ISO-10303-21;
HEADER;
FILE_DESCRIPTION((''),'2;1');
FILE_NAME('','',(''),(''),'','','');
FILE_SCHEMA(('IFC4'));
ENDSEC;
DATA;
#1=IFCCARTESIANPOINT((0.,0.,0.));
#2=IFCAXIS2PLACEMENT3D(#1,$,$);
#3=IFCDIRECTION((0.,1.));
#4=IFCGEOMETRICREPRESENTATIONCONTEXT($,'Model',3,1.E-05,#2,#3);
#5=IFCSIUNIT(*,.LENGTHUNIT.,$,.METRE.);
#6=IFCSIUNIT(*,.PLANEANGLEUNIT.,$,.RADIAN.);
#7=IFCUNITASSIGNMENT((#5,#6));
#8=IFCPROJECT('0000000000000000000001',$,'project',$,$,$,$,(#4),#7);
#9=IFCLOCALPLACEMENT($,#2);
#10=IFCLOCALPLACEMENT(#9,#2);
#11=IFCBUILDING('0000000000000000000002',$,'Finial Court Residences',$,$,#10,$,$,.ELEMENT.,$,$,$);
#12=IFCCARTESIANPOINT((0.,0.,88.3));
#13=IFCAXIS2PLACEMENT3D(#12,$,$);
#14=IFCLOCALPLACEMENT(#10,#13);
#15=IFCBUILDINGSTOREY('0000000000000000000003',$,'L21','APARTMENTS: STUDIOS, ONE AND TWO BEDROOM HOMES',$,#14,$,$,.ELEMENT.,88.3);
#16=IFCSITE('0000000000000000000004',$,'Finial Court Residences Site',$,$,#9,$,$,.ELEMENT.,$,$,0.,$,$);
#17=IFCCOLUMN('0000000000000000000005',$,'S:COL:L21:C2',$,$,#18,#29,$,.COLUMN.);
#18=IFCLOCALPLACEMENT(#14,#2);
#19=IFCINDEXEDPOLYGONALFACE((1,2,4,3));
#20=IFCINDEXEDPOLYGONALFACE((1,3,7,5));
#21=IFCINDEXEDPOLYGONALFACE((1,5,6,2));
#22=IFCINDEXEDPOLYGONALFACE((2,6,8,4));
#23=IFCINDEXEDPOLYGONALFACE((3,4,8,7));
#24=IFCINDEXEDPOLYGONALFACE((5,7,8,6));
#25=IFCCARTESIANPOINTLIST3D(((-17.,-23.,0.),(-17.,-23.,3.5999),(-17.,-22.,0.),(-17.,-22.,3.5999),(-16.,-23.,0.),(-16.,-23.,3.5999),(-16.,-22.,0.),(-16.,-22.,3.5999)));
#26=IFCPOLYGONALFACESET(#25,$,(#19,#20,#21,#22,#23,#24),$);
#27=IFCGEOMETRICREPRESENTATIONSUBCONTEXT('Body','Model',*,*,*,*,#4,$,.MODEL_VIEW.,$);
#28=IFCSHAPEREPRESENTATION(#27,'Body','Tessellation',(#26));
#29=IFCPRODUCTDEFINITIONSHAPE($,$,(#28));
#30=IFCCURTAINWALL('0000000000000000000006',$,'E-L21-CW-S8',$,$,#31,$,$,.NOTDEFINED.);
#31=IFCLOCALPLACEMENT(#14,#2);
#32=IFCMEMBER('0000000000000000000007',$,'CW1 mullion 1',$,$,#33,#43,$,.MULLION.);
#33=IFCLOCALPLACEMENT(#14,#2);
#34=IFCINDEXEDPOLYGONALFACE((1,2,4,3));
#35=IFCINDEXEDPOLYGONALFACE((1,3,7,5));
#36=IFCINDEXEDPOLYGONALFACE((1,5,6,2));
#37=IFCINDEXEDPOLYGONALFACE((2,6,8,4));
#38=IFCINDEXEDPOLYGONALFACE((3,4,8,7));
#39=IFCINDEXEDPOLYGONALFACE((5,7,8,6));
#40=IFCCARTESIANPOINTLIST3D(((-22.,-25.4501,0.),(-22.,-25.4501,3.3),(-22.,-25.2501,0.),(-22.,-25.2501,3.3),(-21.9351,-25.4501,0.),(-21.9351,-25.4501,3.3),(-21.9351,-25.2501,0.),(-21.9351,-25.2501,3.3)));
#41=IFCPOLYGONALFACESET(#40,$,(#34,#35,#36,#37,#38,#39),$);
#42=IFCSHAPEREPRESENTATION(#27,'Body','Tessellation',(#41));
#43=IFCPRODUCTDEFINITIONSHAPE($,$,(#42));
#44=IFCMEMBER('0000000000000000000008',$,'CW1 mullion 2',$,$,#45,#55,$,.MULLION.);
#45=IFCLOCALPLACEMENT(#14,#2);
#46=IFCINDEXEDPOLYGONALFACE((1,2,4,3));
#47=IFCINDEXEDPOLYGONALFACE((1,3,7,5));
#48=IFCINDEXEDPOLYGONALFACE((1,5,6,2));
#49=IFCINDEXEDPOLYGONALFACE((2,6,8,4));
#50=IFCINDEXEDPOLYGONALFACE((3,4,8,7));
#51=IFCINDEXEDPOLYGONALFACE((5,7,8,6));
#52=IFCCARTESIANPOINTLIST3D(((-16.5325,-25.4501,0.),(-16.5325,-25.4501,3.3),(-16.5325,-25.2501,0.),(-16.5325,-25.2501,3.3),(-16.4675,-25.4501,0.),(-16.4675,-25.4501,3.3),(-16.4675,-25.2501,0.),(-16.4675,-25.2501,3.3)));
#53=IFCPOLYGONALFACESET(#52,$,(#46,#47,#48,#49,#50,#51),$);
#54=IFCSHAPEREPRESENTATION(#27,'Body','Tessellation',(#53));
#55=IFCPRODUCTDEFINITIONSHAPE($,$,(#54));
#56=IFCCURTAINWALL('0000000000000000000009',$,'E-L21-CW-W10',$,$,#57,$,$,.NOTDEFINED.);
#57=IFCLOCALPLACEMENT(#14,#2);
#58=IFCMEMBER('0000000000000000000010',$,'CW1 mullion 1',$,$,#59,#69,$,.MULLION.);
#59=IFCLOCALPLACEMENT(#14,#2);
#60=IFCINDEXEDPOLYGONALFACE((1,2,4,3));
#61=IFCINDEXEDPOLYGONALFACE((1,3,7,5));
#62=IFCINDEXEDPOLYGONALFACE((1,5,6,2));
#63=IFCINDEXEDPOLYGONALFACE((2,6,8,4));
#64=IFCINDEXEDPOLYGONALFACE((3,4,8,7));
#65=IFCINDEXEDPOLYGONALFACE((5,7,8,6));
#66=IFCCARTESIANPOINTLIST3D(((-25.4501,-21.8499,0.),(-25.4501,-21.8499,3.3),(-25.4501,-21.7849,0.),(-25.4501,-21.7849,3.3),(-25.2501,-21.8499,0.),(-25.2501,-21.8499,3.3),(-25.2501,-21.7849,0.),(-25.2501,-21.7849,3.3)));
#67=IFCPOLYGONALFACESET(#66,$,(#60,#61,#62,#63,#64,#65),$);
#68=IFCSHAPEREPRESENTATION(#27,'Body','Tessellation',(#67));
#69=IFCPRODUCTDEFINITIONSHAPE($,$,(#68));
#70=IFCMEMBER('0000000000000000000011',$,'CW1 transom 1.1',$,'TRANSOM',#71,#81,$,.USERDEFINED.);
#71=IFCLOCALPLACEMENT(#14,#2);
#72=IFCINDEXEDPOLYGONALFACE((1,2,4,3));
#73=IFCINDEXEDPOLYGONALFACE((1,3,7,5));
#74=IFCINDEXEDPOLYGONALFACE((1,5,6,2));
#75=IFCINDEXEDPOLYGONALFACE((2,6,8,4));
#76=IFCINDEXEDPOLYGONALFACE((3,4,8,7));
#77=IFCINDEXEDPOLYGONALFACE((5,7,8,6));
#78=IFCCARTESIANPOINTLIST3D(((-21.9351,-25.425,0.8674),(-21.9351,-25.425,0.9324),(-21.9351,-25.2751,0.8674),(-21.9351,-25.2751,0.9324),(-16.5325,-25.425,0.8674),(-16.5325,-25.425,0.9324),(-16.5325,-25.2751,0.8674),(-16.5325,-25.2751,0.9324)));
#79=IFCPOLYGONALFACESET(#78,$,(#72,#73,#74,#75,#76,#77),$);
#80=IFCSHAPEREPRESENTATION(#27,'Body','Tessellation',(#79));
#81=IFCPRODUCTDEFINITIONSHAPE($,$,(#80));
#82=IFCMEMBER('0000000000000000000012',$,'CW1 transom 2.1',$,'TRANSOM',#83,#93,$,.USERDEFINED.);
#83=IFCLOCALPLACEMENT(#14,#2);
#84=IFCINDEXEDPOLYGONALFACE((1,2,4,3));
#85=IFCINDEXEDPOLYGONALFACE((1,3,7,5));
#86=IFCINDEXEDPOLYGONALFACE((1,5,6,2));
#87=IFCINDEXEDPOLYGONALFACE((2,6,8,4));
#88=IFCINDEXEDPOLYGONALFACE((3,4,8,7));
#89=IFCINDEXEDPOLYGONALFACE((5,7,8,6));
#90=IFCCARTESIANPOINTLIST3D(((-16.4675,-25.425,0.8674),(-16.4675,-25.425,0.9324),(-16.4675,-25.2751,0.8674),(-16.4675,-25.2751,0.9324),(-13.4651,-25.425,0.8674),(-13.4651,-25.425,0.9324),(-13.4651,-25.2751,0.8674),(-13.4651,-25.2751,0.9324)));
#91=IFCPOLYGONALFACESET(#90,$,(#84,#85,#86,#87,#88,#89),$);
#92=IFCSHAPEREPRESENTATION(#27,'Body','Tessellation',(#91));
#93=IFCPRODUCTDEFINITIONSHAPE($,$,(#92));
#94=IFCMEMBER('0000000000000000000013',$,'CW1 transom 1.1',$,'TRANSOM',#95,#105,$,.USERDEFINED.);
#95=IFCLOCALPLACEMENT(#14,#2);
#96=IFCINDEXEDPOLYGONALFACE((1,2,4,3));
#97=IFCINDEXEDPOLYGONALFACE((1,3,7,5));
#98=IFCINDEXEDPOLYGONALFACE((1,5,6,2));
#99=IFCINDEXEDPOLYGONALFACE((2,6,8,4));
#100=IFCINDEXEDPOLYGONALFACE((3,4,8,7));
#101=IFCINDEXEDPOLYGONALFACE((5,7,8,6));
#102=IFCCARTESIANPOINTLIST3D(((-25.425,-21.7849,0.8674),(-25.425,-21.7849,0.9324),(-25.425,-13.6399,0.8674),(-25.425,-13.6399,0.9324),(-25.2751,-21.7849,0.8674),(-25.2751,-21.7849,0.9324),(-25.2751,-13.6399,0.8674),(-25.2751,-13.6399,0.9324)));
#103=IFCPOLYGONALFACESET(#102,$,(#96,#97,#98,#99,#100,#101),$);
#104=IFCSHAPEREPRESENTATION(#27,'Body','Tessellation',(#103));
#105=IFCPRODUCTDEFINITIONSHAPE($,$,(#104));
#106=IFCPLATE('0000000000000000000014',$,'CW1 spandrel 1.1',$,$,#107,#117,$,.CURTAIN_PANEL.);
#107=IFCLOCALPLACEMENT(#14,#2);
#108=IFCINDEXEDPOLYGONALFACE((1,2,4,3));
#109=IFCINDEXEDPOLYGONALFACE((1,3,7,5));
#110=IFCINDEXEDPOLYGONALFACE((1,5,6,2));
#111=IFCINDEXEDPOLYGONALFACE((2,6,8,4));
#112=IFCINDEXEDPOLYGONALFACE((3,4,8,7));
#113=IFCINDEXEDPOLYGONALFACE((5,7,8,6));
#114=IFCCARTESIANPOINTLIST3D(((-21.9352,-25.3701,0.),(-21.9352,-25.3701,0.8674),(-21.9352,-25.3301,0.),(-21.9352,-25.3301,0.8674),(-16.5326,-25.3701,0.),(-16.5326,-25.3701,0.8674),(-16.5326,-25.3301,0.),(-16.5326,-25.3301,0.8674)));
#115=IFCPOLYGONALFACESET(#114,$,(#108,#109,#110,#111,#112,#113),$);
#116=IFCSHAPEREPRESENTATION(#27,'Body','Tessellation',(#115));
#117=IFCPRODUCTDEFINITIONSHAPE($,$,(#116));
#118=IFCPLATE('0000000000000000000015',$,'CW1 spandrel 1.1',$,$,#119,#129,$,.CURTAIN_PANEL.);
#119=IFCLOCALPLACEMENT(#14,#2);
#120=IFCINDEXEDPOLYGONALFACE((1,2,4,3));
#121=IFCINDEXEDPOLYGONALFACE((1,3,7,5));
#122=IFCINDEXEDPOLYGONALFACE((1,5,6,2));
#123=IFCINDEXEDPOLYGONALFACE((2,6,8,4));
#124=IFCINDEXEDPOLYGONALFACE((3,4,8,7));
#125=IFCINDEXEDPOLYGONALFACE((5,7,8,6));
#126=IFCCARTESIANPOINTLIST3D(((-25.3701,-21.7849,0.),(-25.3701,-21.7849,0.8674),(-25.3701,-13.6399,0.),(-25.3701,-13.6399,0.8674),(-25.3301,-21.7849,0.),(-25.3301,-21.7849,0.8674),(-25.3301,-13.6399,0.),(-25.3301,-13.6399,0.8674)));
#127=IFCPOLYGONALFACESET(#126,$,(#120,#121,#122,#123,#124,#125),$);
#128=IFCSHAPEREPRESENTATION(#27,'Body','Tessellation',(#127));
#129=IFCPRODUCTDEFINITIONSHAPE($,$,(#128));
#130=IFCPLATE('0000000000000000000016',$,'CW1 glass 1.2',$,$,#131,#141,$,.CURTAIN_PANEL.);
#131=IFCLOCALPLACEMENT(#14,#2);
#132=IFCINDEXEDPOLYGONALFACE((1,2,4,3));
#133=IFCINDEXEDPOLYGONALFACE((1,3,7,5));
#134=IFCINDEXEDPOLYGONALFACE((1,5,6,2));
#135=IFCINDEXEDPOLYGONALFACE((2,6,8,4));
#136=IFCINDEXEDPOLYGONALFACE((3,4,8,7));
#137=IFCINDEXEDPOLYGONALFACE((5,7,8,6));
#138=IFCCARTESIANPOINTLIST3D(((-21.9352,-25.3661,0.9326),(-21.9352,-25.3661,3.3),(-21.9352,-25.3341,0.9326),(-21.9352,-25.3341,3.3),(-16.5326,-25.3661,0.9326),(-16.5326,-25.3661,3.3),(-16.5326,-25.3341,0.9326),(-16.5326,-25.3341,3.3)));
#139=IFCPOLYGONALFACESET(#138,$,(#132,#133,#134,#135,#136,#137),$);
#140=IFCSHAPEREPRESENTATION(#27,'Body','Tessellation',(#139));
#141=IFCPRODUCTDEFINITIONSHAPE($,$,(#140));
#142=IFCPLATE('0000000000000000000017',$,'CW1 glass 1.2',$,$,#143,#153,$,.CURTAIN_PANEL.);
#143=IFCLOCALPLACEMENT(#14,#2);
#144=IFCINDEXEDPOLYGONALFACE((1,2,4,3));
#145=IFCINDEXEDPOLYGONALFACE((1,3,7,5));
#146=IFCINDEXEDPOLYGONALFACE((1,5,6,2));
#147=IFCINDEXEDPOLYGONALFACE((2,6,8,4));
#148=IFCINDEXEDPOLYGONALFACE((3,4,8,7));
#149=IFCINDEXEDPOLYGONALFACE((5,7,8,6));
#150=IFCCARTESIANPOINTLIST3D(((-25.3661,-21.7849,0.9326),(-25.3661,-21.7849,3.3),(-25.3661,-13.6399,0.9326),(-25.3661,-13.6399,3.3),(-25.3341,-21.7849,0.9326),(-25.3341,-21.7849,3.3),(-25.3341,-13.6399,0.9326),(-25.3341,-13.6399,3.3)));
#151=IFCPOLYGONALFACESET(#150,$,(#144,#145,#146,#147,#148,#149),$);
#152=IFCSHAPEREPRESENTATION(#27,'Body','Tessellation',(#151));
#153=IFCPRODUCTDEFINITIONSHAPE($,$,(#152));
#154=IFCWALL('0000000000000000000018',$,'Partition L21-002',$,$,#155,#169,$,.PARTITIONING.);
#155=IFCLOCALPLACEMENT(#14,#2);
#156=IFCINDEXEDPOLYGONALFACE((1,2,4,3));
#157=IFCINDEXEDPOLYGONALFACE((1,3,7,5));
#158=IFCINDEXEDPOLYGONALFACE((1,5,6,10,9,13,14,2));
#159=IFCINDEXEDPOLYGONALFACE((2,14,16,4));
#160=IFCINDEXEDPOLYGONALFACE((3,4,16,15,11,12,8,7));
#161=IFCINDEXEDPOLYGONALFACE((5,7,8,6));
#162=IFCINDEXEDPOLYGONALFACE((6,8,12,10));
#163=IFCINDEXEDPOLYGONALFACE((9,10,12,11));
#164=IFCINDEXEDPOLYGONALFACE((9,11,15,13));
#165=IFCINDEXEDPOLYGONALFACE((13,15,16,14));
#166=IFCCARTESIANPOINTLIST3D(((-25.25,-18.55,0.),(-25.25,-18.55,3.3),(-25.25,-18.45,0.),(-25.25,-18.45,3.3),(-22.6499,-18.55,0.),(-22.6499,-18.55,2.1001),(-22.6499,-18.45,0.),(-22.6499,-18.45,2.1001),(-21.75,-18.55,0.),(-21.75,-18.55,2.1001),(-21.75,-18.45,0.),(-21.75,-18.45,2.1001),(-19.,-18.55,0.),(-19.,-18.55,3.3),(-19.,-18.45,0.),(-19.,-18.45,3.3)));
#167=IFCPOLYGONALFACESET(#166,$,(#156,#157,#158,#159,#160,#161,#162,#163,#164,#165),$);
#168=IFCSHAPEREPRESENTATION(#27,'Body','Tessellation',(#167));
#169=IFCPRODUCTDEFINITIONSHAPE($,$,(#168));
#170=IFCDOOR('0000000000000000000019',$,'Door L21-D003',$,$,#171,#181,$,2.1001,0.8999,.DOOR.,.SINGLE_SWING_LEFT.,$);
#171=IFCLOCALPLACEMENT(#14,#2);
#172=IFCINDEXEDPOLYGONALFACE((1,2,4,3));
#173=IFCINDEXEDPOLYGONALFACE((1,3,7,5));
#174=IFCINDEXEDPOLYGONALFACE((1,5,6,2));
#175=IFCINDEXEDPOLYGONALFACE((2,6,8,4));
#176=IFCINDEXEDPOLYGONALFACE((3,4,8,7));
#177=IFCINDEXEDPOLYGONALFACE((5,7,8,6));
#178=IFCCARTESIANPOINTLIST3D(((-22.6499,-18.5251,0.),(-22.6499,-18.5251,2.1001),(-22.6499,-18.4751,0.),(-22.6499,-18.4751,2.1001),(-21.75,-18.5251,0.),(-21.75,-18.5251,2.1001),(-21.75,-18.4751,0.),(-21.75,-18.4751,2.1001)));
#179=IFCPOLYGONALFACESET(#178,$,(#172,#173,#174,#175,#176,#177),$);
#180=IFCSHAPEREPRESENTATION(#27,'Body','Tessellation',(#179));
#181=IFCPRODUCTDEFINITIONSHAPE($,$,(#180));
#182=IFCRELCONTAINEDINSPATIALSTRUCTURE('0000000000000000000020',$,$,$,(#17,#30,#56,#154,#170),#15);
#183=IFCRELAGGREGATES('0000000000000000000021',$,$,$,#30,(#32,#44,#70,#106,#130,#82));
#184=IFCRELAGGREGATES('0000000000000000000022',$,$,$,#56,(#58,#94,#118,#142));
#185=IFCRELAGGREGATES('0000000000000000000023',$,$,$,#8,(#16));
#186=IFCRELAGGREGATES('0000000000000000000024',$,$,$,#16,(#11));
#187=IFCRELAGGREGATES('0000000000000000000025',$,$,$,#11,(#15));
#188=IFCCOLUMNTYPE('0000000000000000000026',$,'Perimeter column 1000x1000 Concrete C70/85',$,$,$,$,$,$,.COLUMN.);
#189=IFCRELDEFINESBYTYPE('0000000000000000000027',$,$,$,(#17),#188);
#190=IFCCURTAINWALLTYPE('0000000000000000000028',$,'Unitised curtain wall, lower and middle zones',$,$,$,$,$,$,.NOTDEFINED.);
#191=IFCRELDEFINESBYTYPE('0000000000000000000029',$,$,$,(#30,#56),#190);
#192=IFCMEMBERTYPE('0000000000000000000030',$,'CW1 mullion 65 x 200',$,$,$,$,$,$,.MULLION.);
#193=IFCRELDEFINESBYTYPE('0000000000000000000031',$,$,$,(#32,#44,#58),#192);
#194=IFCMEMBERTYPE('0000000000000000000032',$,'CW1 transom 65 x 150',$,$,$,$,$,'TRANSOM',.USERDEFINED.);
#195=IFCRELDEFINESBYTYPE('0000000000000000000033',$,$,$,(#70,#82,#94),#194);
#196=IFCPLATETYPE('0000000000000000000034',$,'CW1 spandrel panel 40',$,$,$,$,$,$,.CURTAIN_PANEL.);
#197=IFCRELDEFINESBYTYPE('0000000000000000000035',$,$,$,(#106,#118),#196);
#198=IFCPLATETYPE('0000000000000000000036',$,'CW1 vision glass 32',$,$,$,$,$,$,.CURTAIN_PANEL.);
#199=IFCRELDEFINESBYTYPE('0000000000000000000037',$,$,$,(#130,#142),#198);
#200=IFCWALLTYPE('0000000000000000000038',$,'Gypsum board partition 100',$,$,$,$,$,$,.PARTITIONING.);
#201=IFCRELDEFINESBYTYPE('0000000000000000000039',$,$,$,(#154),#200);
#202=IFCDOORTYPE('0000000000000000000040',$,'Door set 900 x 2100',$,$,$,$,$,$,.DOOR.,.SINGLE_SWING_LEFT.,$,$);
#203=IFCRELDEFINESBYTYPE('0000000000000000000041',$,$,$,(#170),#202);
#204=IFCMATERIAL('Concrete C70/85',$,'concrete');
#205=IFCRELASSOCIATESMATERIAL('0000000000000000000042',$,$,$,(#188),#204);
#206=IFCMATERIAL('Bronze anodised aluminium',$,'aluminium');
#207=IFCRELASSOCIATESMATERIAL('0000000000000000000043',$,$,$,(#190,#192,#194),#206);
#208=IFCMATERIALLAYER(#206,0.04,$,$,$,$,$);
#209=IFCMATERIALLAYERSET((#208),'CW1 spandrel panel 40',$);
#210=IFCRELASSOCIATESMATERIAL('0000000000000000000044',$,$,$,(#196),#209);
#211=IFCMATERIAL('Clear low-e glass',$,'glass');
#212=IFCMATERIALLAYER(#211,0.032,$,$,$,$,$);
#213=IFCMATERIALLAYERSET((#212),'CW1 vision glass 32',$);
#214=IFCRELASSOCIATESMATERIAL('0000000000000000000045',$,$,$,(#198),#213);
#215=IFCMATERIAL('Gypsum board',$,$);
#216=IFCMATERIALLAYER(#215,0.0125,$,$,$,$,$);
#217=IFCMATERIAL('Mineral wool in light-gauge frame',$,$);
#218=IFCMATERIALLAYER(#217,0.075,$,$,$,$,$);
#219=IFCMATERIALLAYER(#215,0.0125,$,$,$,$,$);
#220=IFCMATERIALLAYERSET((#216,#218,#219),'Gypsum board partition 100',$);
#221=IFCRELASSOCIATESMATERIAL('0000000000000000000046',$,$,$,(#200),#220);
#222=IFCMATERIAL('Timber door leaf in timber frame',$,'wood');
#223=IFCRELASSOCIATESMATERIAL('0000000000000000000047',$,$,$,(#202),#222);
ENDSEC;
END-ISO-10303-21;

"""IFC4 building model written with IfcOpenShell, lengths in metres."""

from ifc_helpers import new_model, si_unit, direction, frame, frame_2d, origin, origin_2d, place, context, subcontext, project, spatial, rectangle, extrude, material, layer, layer_set, material_profile, profile_set, type_object, element, fill, aggregate, save


model = new_model("IFC4")

# Units and contexts
model_context = context("Model", 3, precision=1e-05, world=origin(), true_north=direction((0.0, 1.0)))
body_context = subcontext(model_context, "Body", "Model", "MODEL_VIEW")
ifc_project = project(units=[si_unit("LENGTHUNIT", "METRE"), si_unit("PLANEANGLEUNIT", "RADIAN")], contexts=[model_context])

# Site, building, storey
site_placement = place(None, origin())
site = spatial("IfcSite", under=ifc_project, at=site_placement, Name="Finial Court Residences Site", CompositionType="ELEMENT", RefElevation=0.0)
building_placement = place(site_placement, origin())
building = spatial("IfcBuilding", under=site, at=building_placement, Name="Finial Court Residences", CompositionType="ELEMENT")
storey_placement = place(building_placement, frame((0.0, 0.0, 88.3)))
storey = spatial("IfcBuildingStorey", under=building, at=storey_placement, Name="L21", Description="APARTMENTS: STUDIOS, ONE AND TWO BEDROOM HOMES", CompositionType="ELEMENT", Elevation=88.3)

# Column
ifc_material_1 = material(Name="Concrete C70/85", Category="concrete")
ifc_material_profile_1 = material_profile(ifc_material_1, rectangle(XDim=1.0, YDim=1.0, at=origin_2d()), Name="1000x1000")
ifc_profile_set_1 = profile_set([ifc_material_profile_1], Name="Concrete C70/85")
column_type = type_object("IfcColumnType", Name="Perimeter column 1000x1000 Concrete C70/85", PredefinedType="COLUMN", material=ifc_profile_set_1)
column_placement = place(storey_placement, frame((-16.5, -22.5, 0.0), z_axis=(0.0, 0.0, 1.0), x_axis=(1.0, 0.0, 0.0)))
element("IfcColumn", 1, at=column_placement, inside=storey, type_object=column_type, Name="S:COL:L21:C2", PredefinedType="COLUMN", context=body_context, shape_type="SweptSolid", body=[
    extrude(rectangle(XDim=1.0, YDim=1.0, at=origin_2d()), origin(), (0.0, 0.0, 1.0), 3.5999),
])

# Curtain wall, members
ifc_material_2 = material(Name="Bronze anodised aluminium", Category="aluminium")
curtain_wall_type = type_object("IfcCurtainWallType", Name="Unitised curtain wall, lower and middle zones", PredefinedType="NOTDEFINED", material=ifc_material_2)
curtain_wall_1_placement = place(storey_placement, origin())
curtain_wall_1 = element("IfcCurtainWall", 2, at=curtain_wall_1_placement, inside=storey, type_object=curtain_wall_type, Name="E-L21-CW-S8", PredefinedType="NOTDEFINED")
ifc_material_profile_2 = material_profile(ifc_material_2, rectangle(XDim=0.2, YDim=0.0649, at=origin_2d()), Name="CW1 mullion 65 x 200")
ifc_profile_set_2 = profile_set([ifc_material_profile_2], Name="Bronze anodised aluminium")
member_type_1 = type_object("IfcMemberType", Name="CW1 mullion 65 x 200", PredefinedType="MULLION", material=ifc_profile_set_2)
member_1_placement = place(storey_placement, frame((-21.9675, -25.3501, 0.0), z_axis=(0.0, 0.0, 1.0), x_axis=(0.0, 1.0, 0.0)))
member_1 = element("IfcMember", 3, at=member_1_placement, type_object=member_type_1, Name="CW1 mullion 1", PredefinedType="MULLION", context=body_context, shape_type="SweptSolid", body=[
    extrude(rectangle(XDim=0.2, YDim=0.0649, at=origin_2d()), origin(), (0.0, 0.0, 1.0), 3.3),
])
member_2_placement = place(storey_placement, frame((-16.5, -25.3501, 0.0), z_axis=(0.0, 0.0, 1.0), x_axis=(0.0, 1.0, 0.0)))
member_2 = element("IfcMember", 4, at=member_2_placement, type_object=member_type_1, Name="CW1 mullion 2", PredefinedType="MULLION", context=body_context, shape_type="SweptSolid", body=[
    extrude(rectangle(XDim=0.2, YDim=0.0649, at=origin_2d()), origin(), (0.0, 0.0, 1.0), 3.3),
])

# Curtain wall, member
curtain_wall_2_placement = place(storey_placement, origin())
curtain_wall_2 = element("IfcCurtainWall", 5, at=curtain_wall_2_placement, inside=storey, type_object=curtain_wall_type, Name="E-L21-CW-W10", PredefinedType="NOTDEFINED")
member_3_placement = place(storey_placement, frame((-25.3501, -21.8174, 0.0), z_axis=(0.0, 0.0, 1.0), x_axis=(-1.0, 0.0, 0.0)))
member_3 = element("IfcMember", 6, at=member_3_placement, type_object=member_type_1, Name="CW1 mullion 1", PredefinedType="MULLION", context=body_context, shape_type="SweptSolid", body=[
    extrude(rectangle(XDim=0.2, YDim=0.0649, at=origin_2d()), origin(), (0.0, 0.0, 1.0), 3.3),
])

# Members
ifc_material_profile_3 = material_profile(ifc_material_2, rectangle(XDim=0.1499, YDim=0.0649, at=origin_2d()), Name="CW1 transom 65 x 150")
ifc_profile_set_3 = profile_set([ifc_material_profile_3], Name="Bronze anodised aluminium")
member_type_2 = type_object("IfcMemberType", Name="CW1 transom 65 x 150", ElementType="TRANSOM", PredefinedType="USERDEFINED", material=ifc_profile_set_3)
member_4_placement = place(storey_placement, frame((-21.9351, -25.3501, 0.8999), z_axis=(1.0, 0.0, 0.0), x_axis=(0.0, 1.0, 0.0)))
member_4 = element("IfcMember", 7, at=member_4_placement, type_object=member_type_2, Name="CW1 transom 1.1", ObjectType="TRANSOM", PredefinedType="USERDEFINED", context=body_context, shape_type="SweptSolid", body=[
    extrude(rectangle(XDim=0.1499, YDim=0.0649, at=origin_2d()), origin(), (0.0, 0.0, 1.0), 5.4026),
])
member_5_placement = place(storey_placement, frame((-16.4675, -25.3501, 0.8999), z_axis=(1.0, 0.0, 0.0), x_axis=(0.0, 1.0, 0.0)))
member_5 = element("IfcMember", 8, at=member_5_placement, type_object=member_type_2, Name="CW1 transom 2.1", ObjectType="TRANSOM", PredefinedType="USERDEFINED", context=body_context, shape_type="SweptSolid", body=[
    extrude(rectangle(XDim=0.1499, YDim=0.0649, at=origin_2d()), origin(), (0.0, 0.0, 1.0), 3.0024),
])
member_6_placement = place(storey_placement, frame((-25.3501, -21.7849, 0.8999), z_axis=(0.0, 1.0, 0.0), x_axis=(-1.0, 0.0, 0.0)))
member_6 = element("IfcMember", 9, at=member_6_placement, type_object=member_type_2, Name="CW1 transom 1.1", ObjectType="TRANSOM", PredefinedType="USERDEFINED", context=body_context, shape_type="SweptSolid", body=[
    extrude(rectangle(XDim=0.1499, YDim=0.0649, at=origin_2d()), origin(), (0.0, 0.0, 1.0), 8.145),
])

# Plates
ifc_layer_1 = layer(ifc_material_2, 0.04)
ifc_layer_set_1 = layer_set([ifc_layer_1], Name="CW1 spandrel panel 40")
plate_type_1 = type_object("IfcPlateType", Name="CW1 spandrel panel 40", PredefinedType="CURTAIN_PANEL", material=ifc_layer_set_1)
plate_1_placement = place(storey_placement, frame((-19.2339, -25.3501, 0.0), z_axis=(0.0, 0.0, 1.0), x_axis=(1.0, 0.0, 0.0)))
plate_1 = element("IfcPlate", 10, at=plate_1_placement, type_object=plate_type_1, Name="CW1 spandrel 1.1", PredefinedType="CURTAIN_PANEL", context=body_context, shape_type="SweptSolid", body=[
    extrude(rectangle(XDim=5.4026, YDim=0.04, at=origin_2d()), origin(), (0.0, 0.0, 1.0), 0.8674),
])
plate_2_placement = place(storey_placement, frame((-25.3501, -17.7124, 0.0), z_axis=(0.0, 0.0, 1.0), x_axis=(0.0, 1.0, 0.0)))
plate_2 = element("IfcPlate", 11, at=plate_2_placement, type_object=plate_type_1, Name="CW1 spandrel 1.1", PredefinedType="CURTAIN_PANEL", context=body_context, shape_type="SweptSolid", body=[
    extrude(rectangle(XDim=8.145, YDim=0.04, at=origin_2d()), origin(), (0.0, 0.0, 1.0), 0.8674),
])
ifc_material_3 = material(Name="Clear low-e glass", Category="glass")
ifc_layer_2 = layer(ifc_material_3, 0.032)
ifc_layer_set_2 = layer_set([ifc_layer_2], Name="CW1 vision glass 32")
plate_type_2 = type_object("IfcPlateType", Name="CW1 vision glass 32", PredefinedType="CURTAIN_PANEL", material=ifc_layer_set_2)
plate_3_placement = place(storey_placement, frame((-19.2339, -25.3501, 0.9326), z_axis=(0.0, 0.0, 1.0), x_axis=(1.0, 0.0, 0.0)))
plate_3 = element("IfcPlate", 12, at=plate_3_placement, type_object=plate_type_2, Name="CW1 glass 1.2", PredefinedType="CURTAIN_PANEL", context=body_context, shape_type="SweptSolid", body=[
    extrude(rectangle(XDim=5.4026, YDim=0.032, at=origin_2d()), origin(), (0.0, 0.0, 1.0), 2.3674),
])
aggregate(curtain_wall_1, [member_1, member_2, member_4, plate_1, plate_3, member_5])
plate_4_placement = place(storey_placement, frame((-25.3501, -17.7124, 0.9326), z_axis=(0.0, 0.0, 1.0), x_axis=(0.0, 1.0, 0.0)))
plate_4 = element("IfcPlate", 13, at=plate_4_placement, type_object=plate_type_2, Name="CW1 glass 1.2", PredefinedType="CURTAIN_PANEL", context=body_context, shape_type="SweptSolid", body=[
    extrude(rectangle(XDim=8.145, YDim=0.032, at=origin_2d()), origin(), (0.0, 0.0, 1.0), 2.3674),
])
aggregate(curtain_wall_2, [member_3, member_6, plate_2, plate_4])

# Wall, opening, door
ifc_material_4 = material(Name="Gypsum board")
ifc_layer_3 = layer(ifc_material_4, 0.0125)
ifc_material_5 = material(Name="Mineral wool in light-gauge frame")
ifc_layer_4 = layer(ifc_material_5, 0.075)
ifc_layer_5 = layer(ifc_material_4, 0.0125)
ifc_layer_set_3 = layer_set([ifc_layer_3, ifc_layer_4, ifc_layer_5], Name="Gypsum board partition 100")
wall_type_1 = type_object("IfcWallType", Name="Gypsum board partition 100", PredefinedType="PARTITIONING", material=ifc_layer_set_3)
wall_1_placement = place(storey_placement, frame((-25.25, -18.5, 0.0), z_axis=(0.0, 0.0, 1.0), x_axis=(1.0, 0.0, 0.0)))
wall_1 = element("IfcWall", 14, at=wall_1_placement, inside=storey, type_object=wall_type_1, Name="Partition L21-002", PredefinedType="PARTITIONING", context=body_context, shape_type="SweptSolid", body=[
    extrude(rectangle(XDim=6.25, YDim=0.1001, at=frame_2d((3.125, 0.0))), origin(), (0.0, 0.0, 1.0), 3.3),
])
opening_1_placement = place(wall_1_placement, frame((2.6001, 0.0, 0.0)))
opening_1 = element("IfcOpeningElement", 15, at=opening_1_placement, cuts=wall_1, PredefinedType="OPENING", context=body_context, shape_type="SweptSolid", body=[
    extrude(rectangle(XDim=0.8999, YDim=2.1001, at=frame_2d((0.45, 1.05))), frame((0.0, 0.0601, 0.0), z_axis=(0.0, -1.0, 0.0), x_axis=(1.0, 0.0, 0.0)), (0.0, 0.0, 1.0), 0.1201),
])
ifc_material_6 = material(Name="Timber door leaf in timber frame", Category="wood")
door_type = type_object("IfcDoorType", Name="Door set 900 x 2100", OperationType="SINGLE_SWING_LEFT", PredefinedType="DOOR", material=ifc_material_6)
door_placement = place(opening_1_placement, origin())
door = element("IfcDoor", 16, at=door_placement, inside=storey, type_object=door_type, Name="Door L21-D003", OperationType="SINGLE_SWING_LEFT", OverallHeight=2.1001, OverallWidth=0.8999, PredefinedType="DOOR", context=body_context, shape_type="SweptSolid", body=[
    extrude(rectangle(XDim=0.8999, YDim=2.1001, at=frame_2d((0.45, 1.05))), frame((0.0, 0.0249, 0.0), z_axis=(0.0, -1.0, 0.0), x_axis=(1.0, 0.0, 0.0)), (0.0, 0.0, 1.0), 0.05),
])
fill(opening_1, door)

save(model, "model.ifc")
